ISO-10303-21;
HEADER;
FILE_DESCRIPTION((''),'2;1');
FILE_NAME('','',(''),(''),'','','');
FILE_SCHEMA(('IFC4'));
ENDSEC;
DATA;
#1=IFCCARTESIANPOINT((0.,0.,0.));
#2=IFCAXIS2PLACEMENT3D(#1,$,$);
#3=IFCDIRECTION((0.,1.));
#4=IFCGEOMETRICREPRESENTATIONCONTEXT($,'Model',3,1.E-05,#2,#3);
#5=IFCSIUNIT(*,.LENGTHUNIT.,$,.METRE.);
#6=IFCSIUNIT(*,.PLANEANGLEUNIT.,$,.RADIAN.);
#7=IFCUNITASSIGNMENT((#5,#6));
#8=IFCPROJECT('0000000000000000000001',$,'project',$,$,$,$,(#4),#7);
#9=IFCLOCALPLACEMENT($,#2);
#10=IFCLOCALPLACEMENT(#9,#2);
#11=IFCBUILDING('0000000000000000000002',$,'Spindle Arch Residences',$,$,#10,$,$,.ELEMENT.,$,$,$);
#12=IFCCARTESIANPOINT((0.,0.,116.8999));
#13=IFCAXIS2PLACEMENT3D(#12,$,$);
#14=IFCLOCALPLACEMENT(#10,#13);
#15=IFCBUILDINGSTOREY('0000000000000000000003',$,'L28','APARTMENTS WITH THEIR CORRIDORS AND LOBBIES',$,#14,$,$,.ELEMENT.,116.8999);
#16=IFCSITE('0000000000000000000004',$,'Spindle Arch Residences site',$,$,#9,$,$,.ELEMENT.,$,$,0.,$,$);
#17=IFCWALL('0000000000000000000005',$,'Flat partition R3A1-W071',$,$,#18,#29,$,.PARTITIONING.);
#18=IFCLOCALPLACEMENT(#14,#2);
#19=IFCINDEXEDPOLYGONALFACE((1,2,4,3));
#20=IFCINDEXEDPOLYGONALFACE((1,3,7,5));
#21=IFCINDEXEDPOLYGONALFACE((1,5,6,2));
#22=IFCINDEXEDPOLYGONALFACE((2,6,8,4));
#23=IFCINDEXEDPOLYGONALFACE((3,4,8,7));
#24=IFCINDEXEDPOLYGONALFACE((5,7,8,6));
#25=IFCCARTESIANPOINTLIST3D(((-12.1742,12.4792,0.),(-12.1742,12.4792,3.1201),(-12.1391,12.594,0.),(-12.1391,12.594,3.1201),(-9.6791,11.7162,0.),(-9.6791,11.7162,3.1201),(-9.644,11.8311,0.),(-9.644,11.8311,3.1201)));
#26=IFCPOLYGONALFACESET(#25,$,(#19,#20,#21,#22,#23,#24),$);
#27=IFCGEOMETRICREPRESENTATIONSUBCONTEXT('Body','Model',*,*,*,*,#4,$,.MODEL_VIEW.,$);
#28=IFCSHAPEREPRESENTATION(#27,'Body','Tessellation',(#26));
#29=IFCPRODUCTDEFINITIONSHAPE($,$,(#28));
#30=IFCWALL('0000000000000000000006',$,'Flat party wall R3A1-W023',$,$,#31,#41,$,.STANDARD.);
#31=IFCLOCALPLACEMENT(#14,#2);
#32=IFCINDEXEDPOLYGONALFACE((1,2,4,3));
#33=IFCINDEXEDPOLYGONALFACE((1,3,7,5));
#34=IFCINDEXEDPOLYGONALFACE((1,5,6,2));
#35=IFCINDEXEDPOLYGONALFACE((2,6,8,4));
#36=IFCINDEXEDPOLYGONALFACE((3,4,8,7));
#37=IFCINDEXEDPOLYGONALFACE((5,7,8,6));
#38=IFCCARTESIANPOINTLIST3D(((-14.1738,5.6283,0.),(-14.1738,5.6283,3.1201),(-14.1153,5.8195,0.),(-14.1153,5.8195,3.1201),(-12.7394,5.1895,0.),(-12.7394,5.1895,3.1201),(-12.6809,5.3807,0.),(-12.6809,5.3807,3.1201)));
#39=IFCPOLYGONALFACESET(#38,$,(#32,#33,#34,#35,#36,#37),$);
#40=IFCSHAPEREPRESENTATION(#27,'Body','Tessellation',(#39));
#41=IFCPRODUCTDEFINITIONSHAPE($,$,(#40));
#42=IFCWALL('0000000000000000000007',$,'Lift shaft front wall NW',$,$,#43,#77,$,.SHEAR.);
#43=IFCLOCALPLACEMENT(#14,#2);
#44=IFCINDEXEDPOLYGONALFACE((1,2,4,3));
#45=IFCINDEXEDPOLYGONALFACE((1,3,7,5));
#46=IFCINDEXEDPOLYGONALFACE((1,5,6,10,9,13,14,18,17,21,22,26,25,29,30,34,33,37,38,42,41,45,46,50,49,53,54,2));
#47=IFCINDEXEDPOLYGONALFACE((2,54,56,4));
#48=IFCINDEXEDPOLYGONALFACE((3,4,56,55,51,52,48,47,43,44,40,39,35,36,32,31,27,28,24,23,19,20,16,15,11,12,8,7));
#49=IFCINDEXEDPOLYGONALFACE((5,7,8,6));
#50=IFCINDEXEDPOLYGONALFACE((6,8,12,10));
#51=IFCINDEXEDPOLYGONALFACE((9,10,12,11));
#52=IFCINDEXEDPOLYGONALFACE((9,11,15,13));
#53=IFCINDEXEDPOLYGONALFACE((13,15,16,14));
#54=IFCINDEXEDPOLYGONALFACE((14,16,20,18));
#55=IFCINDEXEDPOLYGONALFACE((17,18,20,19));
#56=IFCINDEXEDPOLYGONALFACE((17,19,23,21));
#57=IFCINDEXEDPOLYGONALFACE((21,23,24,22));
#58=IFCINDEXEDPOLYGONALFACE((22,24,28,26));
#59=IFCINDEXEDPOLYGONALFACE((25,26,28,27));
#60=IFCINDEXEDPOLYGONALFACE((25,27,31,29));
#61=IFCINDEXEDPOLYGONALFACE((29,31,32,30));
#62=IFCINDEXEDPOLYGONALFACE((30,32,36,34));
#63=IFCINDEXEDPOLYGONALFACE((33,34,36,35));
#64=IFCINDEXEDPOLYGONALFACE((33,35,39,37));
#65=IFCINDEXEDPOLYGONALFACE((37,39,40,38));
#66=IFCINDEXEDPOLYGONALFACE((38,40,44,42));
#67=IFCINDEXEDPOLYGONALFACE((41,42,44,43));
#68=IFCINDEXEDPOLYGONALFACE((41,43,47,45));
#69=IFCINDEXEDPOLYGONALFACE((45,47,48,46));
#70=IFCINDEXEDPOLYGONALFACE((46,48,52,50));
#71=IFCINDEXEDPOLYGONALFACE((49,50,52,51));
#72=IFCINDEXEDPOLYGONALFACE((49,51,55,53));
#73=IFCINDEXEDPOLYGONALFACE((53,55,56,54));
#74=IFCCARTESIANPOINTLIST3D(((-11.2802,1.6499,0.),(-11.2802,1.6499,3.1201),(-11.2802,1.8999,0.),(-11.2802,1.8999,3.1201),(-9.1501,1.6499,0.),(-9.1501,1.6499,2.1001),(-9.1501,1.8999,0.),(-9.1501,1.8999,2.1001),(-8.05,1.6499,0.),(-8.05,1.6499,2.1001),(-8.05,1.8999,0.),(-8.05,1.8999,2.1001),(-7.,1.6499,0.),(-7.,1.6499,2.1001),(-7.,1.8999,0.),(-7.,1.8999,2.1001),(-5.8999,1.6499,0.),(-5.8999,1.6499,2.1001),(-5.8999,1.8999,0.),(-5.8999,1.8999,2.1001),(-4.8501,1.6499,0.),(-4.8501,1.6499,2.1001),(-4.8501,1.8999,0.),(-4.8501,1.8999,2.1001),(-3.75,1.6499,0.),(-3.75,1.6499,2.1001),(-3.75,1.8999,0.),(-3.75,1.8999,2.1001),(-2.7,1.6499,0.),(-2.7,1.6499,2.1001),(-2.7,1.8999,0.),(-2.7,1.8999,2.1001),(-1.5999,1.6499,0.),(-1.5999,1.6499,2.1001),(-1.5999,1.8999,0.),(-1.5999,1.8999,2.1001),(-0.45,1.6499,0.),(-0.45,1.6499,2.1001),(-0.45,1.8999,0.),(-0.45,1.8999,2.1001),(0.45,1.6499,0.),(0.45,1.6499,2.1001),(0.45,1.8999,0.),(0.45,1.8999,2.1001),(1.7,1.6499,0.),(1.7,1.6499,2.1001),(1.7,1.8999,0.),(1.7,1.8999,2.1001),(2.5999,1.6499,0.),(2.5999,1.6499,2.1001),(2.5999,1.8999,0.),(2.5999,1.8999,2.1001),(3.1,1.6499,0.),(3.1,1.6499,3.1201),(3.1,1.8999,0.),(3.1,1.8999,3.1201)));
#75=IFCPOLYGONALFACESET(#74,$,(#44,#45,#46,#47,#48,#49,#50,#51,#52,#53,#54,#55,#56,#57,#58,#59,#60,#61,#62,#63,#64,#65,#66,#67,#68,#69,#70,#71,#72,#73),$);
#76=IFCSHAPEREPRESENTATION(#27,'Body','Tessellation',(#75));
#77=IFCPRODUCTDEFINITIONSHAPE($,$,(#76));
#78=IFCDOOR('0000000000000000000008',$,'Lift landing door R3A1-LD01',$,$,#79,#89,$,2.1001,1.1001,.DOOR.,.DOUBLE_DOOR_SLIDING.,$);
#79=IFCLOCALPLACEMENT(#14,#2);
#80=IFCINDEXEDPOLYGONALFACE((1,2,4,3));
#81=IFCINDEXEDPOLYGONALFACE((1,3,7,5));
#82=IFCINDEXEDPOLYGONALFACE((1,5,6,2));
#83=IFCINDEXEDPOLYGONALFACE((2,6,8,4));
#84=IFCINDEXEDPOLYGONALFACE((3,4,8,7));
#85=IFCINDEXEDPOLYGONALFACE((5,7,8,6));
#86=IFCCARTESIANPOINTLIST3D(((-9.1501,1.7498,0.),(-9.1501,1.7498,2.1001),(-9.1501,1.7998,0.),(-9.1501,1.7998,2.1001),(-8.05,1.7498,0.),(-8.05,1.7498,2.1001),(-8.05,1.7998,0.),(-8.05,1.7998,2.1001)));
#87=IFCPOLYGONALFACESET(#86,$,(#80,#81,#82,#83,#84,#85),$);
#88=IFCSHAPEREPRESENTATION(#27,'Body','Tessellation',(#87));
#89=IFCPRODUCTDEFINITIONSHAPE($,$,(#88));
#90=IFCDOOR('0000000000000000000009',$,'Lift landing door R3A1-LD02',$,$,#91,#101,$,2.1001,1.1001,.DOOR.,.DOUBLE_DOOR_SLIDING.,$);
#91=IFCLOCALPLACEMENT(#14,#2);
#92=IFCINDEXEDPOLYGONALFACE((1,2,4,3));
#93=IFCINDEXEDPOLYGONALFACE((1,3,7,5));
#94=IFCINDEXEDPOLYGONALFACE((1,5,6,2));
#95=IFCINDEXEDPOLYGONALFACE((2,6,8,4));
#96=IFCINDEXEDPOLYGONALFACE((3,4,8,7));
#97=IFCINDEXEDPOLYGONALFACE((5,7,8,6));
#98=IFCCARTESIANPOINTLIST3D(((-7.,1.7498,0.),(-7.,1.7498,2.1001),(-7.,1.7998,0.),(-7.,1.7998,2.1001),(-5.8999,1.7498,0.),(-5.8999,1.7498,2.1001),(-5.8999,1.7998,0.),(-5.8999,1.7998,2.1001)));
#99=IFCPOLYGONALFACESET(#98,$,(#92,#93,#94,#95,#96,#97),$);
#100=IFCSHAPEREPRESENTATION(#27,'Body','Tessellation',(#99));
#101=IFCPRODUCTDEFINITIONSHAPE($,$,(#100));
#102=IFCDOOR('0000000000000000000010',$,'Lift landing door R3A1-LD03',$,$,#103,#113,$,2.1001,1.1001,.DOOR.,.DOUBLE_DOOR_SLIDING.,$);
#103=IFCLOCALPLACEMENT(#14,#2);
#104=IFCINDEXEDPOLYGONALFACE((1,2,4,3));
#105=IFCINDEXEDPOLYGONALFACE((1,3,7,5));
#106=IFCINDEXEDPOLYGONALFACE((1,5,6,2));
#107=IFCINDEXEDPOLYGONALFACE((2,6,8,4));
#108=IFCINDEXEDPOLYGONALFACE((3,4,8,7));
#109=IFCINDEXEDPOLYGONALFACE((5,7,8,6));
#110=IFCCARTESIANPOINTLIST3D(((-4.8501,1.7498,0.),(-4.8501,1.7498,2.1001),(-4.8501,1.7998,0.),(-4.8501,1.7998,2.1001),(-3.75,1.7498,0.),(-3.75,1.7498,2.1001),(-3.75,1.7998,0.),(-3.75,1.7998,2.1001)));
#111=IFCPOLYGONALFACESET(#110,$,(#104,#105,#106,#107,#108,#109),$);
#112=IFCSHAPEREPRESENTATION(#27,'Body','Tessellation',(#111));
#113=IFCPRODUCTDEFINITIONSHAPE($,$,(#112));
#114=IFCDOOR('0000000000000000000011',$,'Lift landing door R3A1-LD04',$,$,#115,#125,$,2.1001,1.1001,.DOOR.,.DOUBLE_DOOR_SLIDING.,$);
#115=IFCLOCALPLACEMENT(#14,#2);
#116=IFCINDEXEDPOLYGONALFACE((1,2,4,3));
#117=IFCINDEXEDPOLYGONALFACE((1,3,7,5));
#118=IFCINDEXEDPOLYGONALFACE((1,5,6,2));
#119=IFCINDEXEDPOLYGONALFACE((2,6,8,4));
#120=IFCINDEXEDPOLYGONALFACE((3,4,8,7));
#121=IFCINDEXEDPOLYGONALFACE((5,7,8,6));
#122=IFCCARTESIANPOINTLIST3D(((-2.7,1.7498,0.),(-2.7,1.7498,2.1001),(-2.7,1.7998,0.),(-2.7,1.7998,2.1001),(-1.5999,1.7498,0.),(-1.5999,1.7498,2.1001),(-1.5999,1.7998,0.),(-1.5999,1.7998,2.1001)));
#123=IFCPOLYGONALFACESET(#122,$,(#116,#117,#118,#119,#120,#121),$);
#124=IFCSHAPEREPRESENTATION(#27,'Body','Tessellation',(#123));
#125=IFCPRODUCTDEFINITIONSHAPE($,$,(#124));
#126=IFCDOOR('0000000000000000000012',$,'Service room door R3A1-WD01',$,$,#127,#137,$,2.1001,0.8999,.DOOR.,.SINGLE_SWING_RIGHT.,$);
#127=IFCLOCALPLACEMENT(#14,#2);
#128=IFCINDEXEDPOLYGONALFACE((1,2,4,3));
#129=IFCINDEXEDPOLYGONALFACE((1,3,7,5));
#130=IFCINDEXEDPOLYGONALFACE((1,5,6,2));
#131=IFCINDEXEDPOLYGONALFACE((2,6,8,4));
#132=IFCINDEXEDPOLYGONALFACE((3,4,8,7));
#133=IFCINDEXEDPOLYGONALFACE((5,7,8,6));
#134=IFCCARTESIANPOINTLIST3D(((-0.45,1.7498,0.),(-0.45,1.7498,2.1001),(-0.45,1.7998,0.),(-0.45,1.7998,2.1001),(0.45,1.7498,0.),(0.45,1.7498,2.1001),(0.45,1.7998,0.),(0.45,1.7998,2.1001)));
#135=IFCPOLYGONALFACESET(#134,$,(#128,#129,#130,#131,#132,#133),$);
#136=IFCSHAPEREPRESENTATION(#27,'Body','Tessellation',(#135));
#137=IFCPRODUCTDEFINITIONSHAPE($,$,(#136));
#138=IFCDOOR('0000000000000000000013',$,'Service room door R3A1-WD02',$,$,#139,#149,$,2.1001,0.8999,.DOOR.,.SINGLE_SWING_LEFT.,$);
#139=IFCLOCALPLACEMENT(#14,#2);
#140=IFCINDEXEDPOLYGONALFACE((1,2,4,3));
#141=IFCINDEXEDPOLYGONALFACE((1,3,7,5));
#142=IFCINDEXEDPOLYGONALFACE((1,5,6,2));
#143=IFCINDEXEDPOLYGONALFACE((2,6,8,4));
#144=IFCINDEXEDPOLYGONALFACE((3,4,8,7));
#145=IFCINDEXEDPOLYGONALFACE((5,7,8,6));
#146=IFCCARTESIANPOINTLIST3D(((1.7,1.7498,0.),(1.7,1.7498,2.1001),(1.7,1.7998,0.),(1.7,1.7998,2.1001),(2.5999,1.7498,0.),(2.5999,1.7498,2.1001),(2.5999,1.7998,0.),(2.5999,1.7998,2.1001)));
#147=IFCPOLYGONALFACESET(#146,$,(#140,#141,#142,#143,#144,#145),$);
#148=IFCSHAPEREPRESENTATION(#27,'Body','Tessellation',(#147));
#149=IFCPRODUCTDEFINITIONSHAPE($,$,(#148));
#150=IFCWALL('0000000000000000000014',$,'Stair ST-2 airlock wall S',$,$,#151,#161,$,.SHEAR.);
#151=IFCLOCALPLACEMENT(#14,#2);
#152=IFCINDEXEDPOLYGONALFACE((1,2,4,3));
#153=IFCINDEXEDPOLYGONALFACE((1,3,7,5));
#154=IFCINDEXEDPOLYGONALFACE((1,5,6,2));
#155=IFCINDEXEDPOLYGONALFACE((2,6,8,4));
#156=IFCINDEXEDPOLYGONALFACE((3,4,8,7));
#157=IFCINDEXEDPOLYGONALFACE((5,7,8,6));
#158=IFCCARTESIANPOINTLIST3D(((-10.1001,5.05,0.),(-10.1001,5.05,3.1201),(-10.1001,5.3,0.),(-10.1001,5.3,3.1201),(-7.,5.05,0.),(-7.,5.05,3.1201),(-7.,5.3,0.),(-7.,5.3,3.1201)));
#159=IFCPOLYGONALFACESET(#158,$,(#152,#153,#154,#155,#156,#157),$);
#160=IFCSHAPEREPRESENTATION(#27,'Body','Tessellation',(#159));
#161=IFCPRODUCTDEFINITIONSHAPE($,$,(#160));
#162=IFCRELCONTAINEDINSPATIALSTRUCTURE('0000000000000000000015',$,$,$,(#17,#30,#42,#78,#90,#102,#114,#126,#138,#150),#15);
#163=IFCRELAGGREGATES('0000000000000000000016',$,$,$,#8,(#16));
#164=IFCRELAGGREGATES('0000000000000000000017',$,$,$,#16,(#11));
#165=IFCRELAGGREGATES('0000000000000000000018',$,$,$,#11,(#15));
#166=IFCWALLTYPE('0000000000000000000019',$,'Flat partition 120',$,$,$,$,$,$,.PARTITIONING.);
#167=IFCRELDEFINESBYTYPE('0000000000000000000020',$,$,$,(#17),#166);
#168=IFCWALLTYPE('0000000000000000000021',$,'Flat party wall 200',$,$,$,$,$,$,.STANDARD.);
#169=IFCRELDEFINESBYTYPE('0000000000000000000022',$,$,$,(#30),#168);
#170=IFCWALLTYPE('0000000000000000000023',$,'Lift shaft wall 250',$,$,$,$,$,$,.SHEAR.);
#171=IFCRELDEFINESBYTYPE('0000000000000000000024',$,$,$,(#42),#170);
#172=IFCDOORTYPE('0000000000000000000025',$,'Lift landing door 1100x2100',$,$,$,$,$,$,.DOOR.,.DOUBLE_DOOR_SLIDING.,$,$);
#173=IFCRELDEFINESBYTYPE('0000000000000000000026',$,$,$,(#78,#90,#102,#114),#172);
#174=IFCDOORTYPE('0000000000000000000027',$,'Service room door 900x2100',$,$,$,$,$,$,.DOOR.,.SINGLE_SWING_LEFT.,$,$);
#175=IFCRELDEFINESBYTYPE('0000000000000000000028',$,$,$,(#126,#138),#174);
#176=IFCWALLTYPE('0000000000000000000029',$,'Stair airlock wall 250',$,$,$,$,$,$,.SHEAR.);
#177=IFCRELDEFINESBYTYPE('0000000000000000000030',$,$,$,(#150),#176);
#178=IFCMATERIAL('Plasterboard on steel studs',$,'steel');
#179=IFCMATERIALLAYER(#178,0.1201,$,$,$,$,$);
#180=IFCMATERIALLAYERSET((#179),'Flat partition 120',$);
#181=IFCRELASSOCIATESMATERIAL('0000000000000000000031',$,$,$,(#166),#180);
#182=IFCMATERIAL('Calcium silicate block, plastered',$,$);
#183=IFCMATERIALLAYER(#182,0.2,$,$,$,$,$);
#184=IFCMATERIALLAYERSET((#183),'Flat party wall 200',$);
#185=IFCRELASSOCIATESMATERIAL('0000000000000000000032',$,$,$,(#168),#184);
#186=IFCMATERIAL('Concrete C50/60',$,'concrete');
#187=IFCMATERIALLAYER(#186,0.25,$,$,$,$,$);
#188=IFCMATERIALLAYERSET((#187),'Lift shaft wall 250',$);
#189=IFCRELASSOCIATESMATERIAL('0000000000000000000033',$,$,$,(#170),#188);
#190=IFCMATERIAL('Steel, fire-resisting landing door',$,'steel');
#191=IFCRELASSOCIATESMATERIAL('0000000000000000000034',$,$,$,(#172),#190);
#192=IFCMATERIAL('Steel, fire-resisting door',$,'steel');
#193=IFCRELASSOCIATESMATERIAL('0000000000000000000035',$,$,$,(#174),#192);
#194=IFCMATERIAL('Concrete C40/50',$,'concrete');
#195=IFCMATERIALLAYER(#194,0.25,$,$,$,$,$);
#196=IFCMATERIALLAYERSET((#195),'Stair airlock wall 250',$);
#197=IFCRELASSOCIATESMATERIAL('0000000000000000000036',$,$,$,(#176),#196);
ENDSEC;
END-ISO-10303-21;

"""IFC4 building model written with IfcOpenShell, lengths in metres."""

from ifc_helpers import new_model, si_unit, direction, frame, frame_2d, origin, place, context, subcontext, project, spatial, rectangle, extrude, material, layer, layer_set, type_object, element, fill, save


model = new_model("IFC4")

# Units and contexts
model_context = context("Model", 3, precision=1e-05, world=origin(), true_north=direction((0.0, 1.0)))
body_context = subcontext(model_context, "Body", "Model", "MODEL_VIEW")
ifc_project = project(units=[si_unit("LENGTHUNIT", "METRE"), si_unit("PLANEANGLEUNIT", "RADIAN")], contexts=[model_context])

# Site, building, storey
site_placement = place(None, origin())
site = spatial("IfcSite", under=ifc_project, at=site_placement, Name="Spindle Arch Residences site", CompositionType="ELEMENT", RefElevation=0.0)
building_placement = place(site_placement, origin())
building = spatial("IfcBuilding", under=site, at=building_placement, Name="Spindle Arch Residences", CompositionType="ELEMENT")
storey_placement = place(building_placement, frame((0.0, 0.0, 116.8999)))
storey = spatial("IfcBuildingStorey", under=building, at=storey_placement, Name="L28", Description="APARTMENTS WITH THEIR CORRIDORS AND LOBBIES", CompositionType="ELEMENT", Elevation=116.8999)

# Shared definitions
ifc_material_1 = material(Name="Plasterboard on steel studs", Category="steel")
ifc_layer_1 = layer(ifc_material_1, 0.1201)
ifc_layer_set_1 = layer_set([ifc_layer_1], Name="Flat partition 120")
wall_type_1 = type_object("IfcWallType", Name="Flat partition 120", PredefinedType="PARTITIONING", material=ifc_layer_set_1)

# Walls
wall_1_placement = place(storey_placement, frame((-12.1567, 12.5366, 0.0), z_axis=(0.0, 0.0, 1.0), x_axis=(0.956293, -0.292409, 0.0)))
element("IfcWall", 1, at=wall_1_placement, inside=storey, type_object=wall_type_1, Name="Flat partition R3A1-W071", PredefinedType="PARTITIONING", context=body_context, shape_type="SweptSolid", body=[
    extrude(rectangle(XDim=2.6091, YDim=0.1201, at=frame_2d((1.3047, 0.0))), origin(), (0.0, 0.0, 1.0), 3.1201),
])
ifc_material_2 = material(Name="Calcium silicate block, plastered")
ifc_layer_2 = layer(ifc_material_2, 0.2)
ifc_layer_set_2 = layer_set([ifc_layer_2], Name="Flat party wall 200")
wall_type_2 = type_object("IfcWallType", Name="Flat party wall 200", PredefinedType="STANDARD", material=ifc_layer_set_2)
wall_2_placement = place(storey_placement, frame((-14.1445, 5.7239, 0.0), z_axis=(0.0, 0.0, 1.0), x_axis=(0.956267, -0.292496, 0.0)))
element("IfcWall", 2, at=wall_2_placement, inside=storey, type_object=wall_type_2, Name="Flat party wall R3A1-W023", PredefinedType="STANDARD", context=body_context, shape_type="SweptSolid", body=[
    extrude(rectangle(XDim=1.5, YDim=0.2, at=frame_2d((0.75, 0.0))), origin(), (0.0, 0.0, 1.0), 3.1201),
])

# Wall, openings, doors
ifc_material_3 = material(Name="Concrete C50/60", Category="concrete")
ifc_layer_3 = layer(ifc_material_3, 0.25)
ifc_layer_set_3 = layer_set([ifc_layer_3], Name="Lift shaft wall 250")
wall_type_3 = type_object("IfcWallType", Name="Lift shaft wall 250", PredefinedType="SHEAR", material=ifc_layer_set_3)
wall_3_placement = place(storey_placement, frame((-11.28, 1.7749, 0.0), z_axis=(0.0, 0.0, 1.0), x_axis=(1.0, 0.0, 0.0)))
wall_3 = element("IfcWall", 3, at=wall_3_placement, inside=storey, type_object=wall_type_3, Name="Lift shaft front wall NW", PredefinedType="SHEAR", context=body_context, shape_type="SweptSolid", body=[
    extrude(rectangle(XDim=14.3801, YDim=0.25, at=frame_2d((7.1899, 0.0))), origin(), (0.0, 0.0, 1.0), 3.1201),
])
opening_1_placement = place(wall_3_placement, frame((2.1299, 0.0, 0.0)))
opening_1 = element("IfcOpeningElement", 4, at=opening_1_placement, cuts=wall_3, PredefinedType="OPENING", context=body_context, shape_type="SweptSolid", body=[
    extrude(rectangle(XDim=1.1001, YDim=2.1001, at=frame_2d((0.55, 1.05))), frame((0.0, 0.135, 0.0), z_axis=(0.0, -1.0, 0.0), x_axis=(1.0, 0.0, 0.0)), (0.0, 0.0, 1.0), 0.27),
])
opening_2_placement = place(wall_3_placement, frame((4.28, 0.0, 0.0)))
opening_2 = element("IfcOpeningElement", 5, at=opening_2_placement, cuts=wall_3, PredefinedType="OPENING", context=body_context, shape_type="SweptSolid", body=[
    extrude(rectangle(XDim=1.1001, YDim=2.1001, at=frame_2d((0.55, 1.05))), frame((0.0, 0.135, 0.0), z_axis=(0.0, -1.0, 0.0), x_axis=(1.0, 0.0, 0.0)), (0.0, 0.0, 1.0), 0.27),
])
opening_3_placement = place(wall_3_placement, frame((6.4299, 0.0, 0.0)))
opening_3 = element("IfcOpeningElement", 6, at=opening_3_placement, cuts=wall_3, PredefinedType="OPENING", context=body_context, shape_type="SweptSolid", body=[
    extrude(rectangle(XDim=1.1001, YDim=2.1001, at=frame_2d((0.55, 1.05))), frame((0.0, 0.135, 0.0), z_axis=(0.0, -1.0, 0.0), x_axis=(1.0, 0.0, 0.0)), (0.0, 0.0, 1.0), 0.27),
])
opening_4_placement = place(wall_3_placement, frame((8.5801, 0.0, 0.0)))
opening_4 = element("IfcOpeningElement", 7, at=opening_4_placement, cuts=wall_3, PredefinedType="OPENING", context=body_context, shape_type="SweptSolid", body=[
    extrude(rectangle(XDim=1.1001, YDim=2.1001, at=frame_2d((0.55, 1.05))), frame((0.0, 0.135, 0.0), z_axis=(0.0, -1.0, 0.0), x_axis=(1.0, 0.0, 0.0)), (0.0, 0.0, 1.0), 0.27),
])
opening_5_placement = place(wall_3_placement, frame((10.8301, 0.0, 0.0)))
opening_5 = element("IfcOpeningElement", 8, at=opening_5_placement, cuts=wall_3, PredefinedType="OPENING", context=body_context, shape_type="SweptSolid", body=[
    extrude(rectangle(XDim=0.8999, YDim=2.1001, at=frame_2d((0.45, 1.05))), frame((0.0, 0.135, 0.0), z_axis=(0.0, -1.0, 0.0), x_axis=(1.0, 0.0, 0.0)), (0.0, 0.0, 1.0), 0.27),
])
opening_6_placement = place(wall_3_placement, frame((12.98, 0.0, 0.0)))
opening_6 = element("IfcOpeningElement", 9, at=opening_6_placement, cuts=wall_3, PredefinedType="OPENING", context=body_context, shape_type="SweptSolid", body=[
    extrude(rectangle(XDim=0.8999, YDim=2.1001, at=frame_2d((0.45, 1.05))), frame((0.0, 0.135, 0.0), z_axis=(0.0, -1.0, 0.0), x_axis=(1.0, 0.0, 0.0)), (0.0, 0.0, 1.0), 0.27),
])
ifc_material_4 = material(Name="Steel, fire-resisting landing door", Category="steel")
door_type_1 = type_object("IfcDoorType", Name="Lift landing door 1100x2100", OperationType="DOUBLE_DOOR_SLIDING", PredefinedType="DOOR", material=ifc_material_4)
door_1_placement = place(opening_1_placement, origin())
door_1 = element("IfcDoor", 10, at=door_1_placement, inside=storey, type_object=door_type_1, Name="Lift landing door R3A1-LD01", OperationType="DOUBLE_DOOR_SLIDING", OverallHeight=2.1001, OverallWidth=1.1001, PredefinedType="DOOR", context=body_context, shape_type="SweptSolid", body=[
    extrude(rectangle(XDim=1.1001, YDim=2.1001, at=frame_2d((0.55, 1.05))), frame((0.0, 0.0249, 0.0), z_axis=(0.0, -1.0, 0.0), x_axis=(1.0, 0.0, 0.0)), (0.0, 0.0, 1.0), 0.05),
])
fill(opening_1, door_1)
door_2_placement = place(opening_2_placement, origin())
door_2 = element("IfcDoor", 11, at=door_2_placement, inside=storey, type_object=door_type_1, Name="Lift landing door R3A1-LD02", OperationType="DOUBLE_DOOR_SLIDING", OverallHeight=2.1001, OverallWidth=1.1001, PredefinedType="DOOR", context=body_context, shape_type="SweptSolid", body=[
    extrude(rectangle(XDim=1.1001, YDim=2.1001, at=frame_2d((0.55, 1.05))), frame((0.0, 0.0249, 0.0), z_axis=(0.0, -1.0, 0.0), x_axis=(1.0, 0.0, 0.0)), (0.0, 0.0, 1.0), 0.05),
])
fill(opening_2, door_2)
door_3_placement = place(opening_3_placement, origin())
door_3 = element("IfcDoor", 12, at=door_3_placement, inside=storey, type_object=door_type_1, Name="Lift landing door R3A1-LD03", OperationType="DOUBLE_DOOR_SLIDING", OverallHeight=2.1001, OverallWidth=1.1001, PredefinedType="DOOR", context=body_context, shape_type="SweptSolid", body=[
    extrude(rectangle(XDim=1.1001, YDim=2.1001, at=frame_2d((0.55, 1.05))), frame((0.0, 0.0249, 0.0), z_axis=(0.0, -1.0, 0.0), x_axis=(1.0, 0.0, 0.0)), (0.0, 0.0, 1.0), 0.05),
])
fill(opening_3, door_3)
door_4_placement = place(opening_4_placement, origin())
door_4 = element("IfcDoor", 13, at=door_4_placement, inside=storey, type_object=door_type_1, Name="Lift landing door R3A1-LD04", OperationType="DOUBLE_DOOR_SLIDING", OverallHeight=2.1001, OverallWidth=1.1001, PredefinedType="DOOR", context=body_context, shape_type="SweptSolid", body=[
    extrude(rectangle(XDim=1.1001, YDim=2.1001, at=frame_2d((0.55, 1.05))), frame((0.0, 0.0249, 0.0), z_axis=(0.0, -1.0, 0.0), x_axis=(1.0, 0.0, 0.0)), (0.0, 0.0, 1.0), 0.05),
])
fill(opening_4, door_4)
ifc_material_5 = material(Name="Steel, fire-resisting door", Category="steel")
door_type_2 = type_object("IfcDoorType", Name="Service room door 900x2100", OperationType="SINGLE_SWING_LEFT", PredefinedType="DOOR", material=ifc_material_5)
door_5_placement = place(opening_5_placement, origin())
door_5 = element("IfcDoor", 14, at=door_5_placement, inside=storey, type_object=door_type_2, Name="Service room door R3A1-WD01", OperationType="SINGLE_SWING_RIGHT", OverallHeight=2.1001, OverallWidth=0.8999, PredefinedType="DOOR", context=body_context, shape_type="SweptSolid", body=[
    extrude(rectangle(XDim=0.8999, YDim=2.1001, at=frame_2d((0.45, 1.05))), frame((0.0, 0.0249, 0.0), z_axis=(0.0, -1.0, 0.0), x_axis=(1.0, 0.0, 0.0)), (0.0, 0.0, 1.0), 0.05),
])
fill(opening_5, door_5)
door_6_placement = place(opening_6_placement, origin())
door_6 = element("IfcDoor", 15, at=door_6_placement, inside=storey, type_object=door_type_2, Name="Service room door R3A1-WD02", OperationType="SINGLE_SWING_LEFT", OverallHeight=2.1001, OverallWidth=0.8999, PredefinedType="DOOR", context=body_context, shape_type="SweptSolid", body=[
    extrude(rectangle(XDim=0.8999, YDim=2.1001, at=frame_2d((0.45, 1.05))), frame((0.0, 0.0249, 0.0), z_axis=(0.0, -1.0, 0.0), x_axis=(1.0, 0.0, 0.0)), (0.0, 0.0, 1.0), 0.05),
])
fill(opening_6, door_6)

# Wall
ifc_material_6 = material(Name="Concrete C40/50", Category="concrete")
ifc_layer_4 = layer(ifc_material_6, 0.25)
ifc_layer_set_4 = layer_set([ifc_layer_4], Name="Stair airlock wall 250")
wall_type_4 = type_object("IfcWallType", Name="Stair airlock wall 250", PredefinedType="SHEAR", material=ifc_layer_set_4)
wall_4_placement = place(storey_placement, frame((-7.0, 5.175, 0.0), z_axis=(0.0, 0.0, 1.0), x_axis=(-1.0, 0.0, 0.0)))
element("IfcWall", 16, at=wall_4_placement, inside=storey, type_object=wall_type_4, Name="Stair ST-2 airlock wall S", PredefinedType="SHEAR", context=body_context, shape_type="SweptSolid", body=[
    extrude(rectangle(XDim=3.1001, YDim=0.25, at=frame_2d((1.55, 0.0))), origin(), (0.0, 0.0, 1.0), 3.1201),
])

save(model, "model.ifc")
